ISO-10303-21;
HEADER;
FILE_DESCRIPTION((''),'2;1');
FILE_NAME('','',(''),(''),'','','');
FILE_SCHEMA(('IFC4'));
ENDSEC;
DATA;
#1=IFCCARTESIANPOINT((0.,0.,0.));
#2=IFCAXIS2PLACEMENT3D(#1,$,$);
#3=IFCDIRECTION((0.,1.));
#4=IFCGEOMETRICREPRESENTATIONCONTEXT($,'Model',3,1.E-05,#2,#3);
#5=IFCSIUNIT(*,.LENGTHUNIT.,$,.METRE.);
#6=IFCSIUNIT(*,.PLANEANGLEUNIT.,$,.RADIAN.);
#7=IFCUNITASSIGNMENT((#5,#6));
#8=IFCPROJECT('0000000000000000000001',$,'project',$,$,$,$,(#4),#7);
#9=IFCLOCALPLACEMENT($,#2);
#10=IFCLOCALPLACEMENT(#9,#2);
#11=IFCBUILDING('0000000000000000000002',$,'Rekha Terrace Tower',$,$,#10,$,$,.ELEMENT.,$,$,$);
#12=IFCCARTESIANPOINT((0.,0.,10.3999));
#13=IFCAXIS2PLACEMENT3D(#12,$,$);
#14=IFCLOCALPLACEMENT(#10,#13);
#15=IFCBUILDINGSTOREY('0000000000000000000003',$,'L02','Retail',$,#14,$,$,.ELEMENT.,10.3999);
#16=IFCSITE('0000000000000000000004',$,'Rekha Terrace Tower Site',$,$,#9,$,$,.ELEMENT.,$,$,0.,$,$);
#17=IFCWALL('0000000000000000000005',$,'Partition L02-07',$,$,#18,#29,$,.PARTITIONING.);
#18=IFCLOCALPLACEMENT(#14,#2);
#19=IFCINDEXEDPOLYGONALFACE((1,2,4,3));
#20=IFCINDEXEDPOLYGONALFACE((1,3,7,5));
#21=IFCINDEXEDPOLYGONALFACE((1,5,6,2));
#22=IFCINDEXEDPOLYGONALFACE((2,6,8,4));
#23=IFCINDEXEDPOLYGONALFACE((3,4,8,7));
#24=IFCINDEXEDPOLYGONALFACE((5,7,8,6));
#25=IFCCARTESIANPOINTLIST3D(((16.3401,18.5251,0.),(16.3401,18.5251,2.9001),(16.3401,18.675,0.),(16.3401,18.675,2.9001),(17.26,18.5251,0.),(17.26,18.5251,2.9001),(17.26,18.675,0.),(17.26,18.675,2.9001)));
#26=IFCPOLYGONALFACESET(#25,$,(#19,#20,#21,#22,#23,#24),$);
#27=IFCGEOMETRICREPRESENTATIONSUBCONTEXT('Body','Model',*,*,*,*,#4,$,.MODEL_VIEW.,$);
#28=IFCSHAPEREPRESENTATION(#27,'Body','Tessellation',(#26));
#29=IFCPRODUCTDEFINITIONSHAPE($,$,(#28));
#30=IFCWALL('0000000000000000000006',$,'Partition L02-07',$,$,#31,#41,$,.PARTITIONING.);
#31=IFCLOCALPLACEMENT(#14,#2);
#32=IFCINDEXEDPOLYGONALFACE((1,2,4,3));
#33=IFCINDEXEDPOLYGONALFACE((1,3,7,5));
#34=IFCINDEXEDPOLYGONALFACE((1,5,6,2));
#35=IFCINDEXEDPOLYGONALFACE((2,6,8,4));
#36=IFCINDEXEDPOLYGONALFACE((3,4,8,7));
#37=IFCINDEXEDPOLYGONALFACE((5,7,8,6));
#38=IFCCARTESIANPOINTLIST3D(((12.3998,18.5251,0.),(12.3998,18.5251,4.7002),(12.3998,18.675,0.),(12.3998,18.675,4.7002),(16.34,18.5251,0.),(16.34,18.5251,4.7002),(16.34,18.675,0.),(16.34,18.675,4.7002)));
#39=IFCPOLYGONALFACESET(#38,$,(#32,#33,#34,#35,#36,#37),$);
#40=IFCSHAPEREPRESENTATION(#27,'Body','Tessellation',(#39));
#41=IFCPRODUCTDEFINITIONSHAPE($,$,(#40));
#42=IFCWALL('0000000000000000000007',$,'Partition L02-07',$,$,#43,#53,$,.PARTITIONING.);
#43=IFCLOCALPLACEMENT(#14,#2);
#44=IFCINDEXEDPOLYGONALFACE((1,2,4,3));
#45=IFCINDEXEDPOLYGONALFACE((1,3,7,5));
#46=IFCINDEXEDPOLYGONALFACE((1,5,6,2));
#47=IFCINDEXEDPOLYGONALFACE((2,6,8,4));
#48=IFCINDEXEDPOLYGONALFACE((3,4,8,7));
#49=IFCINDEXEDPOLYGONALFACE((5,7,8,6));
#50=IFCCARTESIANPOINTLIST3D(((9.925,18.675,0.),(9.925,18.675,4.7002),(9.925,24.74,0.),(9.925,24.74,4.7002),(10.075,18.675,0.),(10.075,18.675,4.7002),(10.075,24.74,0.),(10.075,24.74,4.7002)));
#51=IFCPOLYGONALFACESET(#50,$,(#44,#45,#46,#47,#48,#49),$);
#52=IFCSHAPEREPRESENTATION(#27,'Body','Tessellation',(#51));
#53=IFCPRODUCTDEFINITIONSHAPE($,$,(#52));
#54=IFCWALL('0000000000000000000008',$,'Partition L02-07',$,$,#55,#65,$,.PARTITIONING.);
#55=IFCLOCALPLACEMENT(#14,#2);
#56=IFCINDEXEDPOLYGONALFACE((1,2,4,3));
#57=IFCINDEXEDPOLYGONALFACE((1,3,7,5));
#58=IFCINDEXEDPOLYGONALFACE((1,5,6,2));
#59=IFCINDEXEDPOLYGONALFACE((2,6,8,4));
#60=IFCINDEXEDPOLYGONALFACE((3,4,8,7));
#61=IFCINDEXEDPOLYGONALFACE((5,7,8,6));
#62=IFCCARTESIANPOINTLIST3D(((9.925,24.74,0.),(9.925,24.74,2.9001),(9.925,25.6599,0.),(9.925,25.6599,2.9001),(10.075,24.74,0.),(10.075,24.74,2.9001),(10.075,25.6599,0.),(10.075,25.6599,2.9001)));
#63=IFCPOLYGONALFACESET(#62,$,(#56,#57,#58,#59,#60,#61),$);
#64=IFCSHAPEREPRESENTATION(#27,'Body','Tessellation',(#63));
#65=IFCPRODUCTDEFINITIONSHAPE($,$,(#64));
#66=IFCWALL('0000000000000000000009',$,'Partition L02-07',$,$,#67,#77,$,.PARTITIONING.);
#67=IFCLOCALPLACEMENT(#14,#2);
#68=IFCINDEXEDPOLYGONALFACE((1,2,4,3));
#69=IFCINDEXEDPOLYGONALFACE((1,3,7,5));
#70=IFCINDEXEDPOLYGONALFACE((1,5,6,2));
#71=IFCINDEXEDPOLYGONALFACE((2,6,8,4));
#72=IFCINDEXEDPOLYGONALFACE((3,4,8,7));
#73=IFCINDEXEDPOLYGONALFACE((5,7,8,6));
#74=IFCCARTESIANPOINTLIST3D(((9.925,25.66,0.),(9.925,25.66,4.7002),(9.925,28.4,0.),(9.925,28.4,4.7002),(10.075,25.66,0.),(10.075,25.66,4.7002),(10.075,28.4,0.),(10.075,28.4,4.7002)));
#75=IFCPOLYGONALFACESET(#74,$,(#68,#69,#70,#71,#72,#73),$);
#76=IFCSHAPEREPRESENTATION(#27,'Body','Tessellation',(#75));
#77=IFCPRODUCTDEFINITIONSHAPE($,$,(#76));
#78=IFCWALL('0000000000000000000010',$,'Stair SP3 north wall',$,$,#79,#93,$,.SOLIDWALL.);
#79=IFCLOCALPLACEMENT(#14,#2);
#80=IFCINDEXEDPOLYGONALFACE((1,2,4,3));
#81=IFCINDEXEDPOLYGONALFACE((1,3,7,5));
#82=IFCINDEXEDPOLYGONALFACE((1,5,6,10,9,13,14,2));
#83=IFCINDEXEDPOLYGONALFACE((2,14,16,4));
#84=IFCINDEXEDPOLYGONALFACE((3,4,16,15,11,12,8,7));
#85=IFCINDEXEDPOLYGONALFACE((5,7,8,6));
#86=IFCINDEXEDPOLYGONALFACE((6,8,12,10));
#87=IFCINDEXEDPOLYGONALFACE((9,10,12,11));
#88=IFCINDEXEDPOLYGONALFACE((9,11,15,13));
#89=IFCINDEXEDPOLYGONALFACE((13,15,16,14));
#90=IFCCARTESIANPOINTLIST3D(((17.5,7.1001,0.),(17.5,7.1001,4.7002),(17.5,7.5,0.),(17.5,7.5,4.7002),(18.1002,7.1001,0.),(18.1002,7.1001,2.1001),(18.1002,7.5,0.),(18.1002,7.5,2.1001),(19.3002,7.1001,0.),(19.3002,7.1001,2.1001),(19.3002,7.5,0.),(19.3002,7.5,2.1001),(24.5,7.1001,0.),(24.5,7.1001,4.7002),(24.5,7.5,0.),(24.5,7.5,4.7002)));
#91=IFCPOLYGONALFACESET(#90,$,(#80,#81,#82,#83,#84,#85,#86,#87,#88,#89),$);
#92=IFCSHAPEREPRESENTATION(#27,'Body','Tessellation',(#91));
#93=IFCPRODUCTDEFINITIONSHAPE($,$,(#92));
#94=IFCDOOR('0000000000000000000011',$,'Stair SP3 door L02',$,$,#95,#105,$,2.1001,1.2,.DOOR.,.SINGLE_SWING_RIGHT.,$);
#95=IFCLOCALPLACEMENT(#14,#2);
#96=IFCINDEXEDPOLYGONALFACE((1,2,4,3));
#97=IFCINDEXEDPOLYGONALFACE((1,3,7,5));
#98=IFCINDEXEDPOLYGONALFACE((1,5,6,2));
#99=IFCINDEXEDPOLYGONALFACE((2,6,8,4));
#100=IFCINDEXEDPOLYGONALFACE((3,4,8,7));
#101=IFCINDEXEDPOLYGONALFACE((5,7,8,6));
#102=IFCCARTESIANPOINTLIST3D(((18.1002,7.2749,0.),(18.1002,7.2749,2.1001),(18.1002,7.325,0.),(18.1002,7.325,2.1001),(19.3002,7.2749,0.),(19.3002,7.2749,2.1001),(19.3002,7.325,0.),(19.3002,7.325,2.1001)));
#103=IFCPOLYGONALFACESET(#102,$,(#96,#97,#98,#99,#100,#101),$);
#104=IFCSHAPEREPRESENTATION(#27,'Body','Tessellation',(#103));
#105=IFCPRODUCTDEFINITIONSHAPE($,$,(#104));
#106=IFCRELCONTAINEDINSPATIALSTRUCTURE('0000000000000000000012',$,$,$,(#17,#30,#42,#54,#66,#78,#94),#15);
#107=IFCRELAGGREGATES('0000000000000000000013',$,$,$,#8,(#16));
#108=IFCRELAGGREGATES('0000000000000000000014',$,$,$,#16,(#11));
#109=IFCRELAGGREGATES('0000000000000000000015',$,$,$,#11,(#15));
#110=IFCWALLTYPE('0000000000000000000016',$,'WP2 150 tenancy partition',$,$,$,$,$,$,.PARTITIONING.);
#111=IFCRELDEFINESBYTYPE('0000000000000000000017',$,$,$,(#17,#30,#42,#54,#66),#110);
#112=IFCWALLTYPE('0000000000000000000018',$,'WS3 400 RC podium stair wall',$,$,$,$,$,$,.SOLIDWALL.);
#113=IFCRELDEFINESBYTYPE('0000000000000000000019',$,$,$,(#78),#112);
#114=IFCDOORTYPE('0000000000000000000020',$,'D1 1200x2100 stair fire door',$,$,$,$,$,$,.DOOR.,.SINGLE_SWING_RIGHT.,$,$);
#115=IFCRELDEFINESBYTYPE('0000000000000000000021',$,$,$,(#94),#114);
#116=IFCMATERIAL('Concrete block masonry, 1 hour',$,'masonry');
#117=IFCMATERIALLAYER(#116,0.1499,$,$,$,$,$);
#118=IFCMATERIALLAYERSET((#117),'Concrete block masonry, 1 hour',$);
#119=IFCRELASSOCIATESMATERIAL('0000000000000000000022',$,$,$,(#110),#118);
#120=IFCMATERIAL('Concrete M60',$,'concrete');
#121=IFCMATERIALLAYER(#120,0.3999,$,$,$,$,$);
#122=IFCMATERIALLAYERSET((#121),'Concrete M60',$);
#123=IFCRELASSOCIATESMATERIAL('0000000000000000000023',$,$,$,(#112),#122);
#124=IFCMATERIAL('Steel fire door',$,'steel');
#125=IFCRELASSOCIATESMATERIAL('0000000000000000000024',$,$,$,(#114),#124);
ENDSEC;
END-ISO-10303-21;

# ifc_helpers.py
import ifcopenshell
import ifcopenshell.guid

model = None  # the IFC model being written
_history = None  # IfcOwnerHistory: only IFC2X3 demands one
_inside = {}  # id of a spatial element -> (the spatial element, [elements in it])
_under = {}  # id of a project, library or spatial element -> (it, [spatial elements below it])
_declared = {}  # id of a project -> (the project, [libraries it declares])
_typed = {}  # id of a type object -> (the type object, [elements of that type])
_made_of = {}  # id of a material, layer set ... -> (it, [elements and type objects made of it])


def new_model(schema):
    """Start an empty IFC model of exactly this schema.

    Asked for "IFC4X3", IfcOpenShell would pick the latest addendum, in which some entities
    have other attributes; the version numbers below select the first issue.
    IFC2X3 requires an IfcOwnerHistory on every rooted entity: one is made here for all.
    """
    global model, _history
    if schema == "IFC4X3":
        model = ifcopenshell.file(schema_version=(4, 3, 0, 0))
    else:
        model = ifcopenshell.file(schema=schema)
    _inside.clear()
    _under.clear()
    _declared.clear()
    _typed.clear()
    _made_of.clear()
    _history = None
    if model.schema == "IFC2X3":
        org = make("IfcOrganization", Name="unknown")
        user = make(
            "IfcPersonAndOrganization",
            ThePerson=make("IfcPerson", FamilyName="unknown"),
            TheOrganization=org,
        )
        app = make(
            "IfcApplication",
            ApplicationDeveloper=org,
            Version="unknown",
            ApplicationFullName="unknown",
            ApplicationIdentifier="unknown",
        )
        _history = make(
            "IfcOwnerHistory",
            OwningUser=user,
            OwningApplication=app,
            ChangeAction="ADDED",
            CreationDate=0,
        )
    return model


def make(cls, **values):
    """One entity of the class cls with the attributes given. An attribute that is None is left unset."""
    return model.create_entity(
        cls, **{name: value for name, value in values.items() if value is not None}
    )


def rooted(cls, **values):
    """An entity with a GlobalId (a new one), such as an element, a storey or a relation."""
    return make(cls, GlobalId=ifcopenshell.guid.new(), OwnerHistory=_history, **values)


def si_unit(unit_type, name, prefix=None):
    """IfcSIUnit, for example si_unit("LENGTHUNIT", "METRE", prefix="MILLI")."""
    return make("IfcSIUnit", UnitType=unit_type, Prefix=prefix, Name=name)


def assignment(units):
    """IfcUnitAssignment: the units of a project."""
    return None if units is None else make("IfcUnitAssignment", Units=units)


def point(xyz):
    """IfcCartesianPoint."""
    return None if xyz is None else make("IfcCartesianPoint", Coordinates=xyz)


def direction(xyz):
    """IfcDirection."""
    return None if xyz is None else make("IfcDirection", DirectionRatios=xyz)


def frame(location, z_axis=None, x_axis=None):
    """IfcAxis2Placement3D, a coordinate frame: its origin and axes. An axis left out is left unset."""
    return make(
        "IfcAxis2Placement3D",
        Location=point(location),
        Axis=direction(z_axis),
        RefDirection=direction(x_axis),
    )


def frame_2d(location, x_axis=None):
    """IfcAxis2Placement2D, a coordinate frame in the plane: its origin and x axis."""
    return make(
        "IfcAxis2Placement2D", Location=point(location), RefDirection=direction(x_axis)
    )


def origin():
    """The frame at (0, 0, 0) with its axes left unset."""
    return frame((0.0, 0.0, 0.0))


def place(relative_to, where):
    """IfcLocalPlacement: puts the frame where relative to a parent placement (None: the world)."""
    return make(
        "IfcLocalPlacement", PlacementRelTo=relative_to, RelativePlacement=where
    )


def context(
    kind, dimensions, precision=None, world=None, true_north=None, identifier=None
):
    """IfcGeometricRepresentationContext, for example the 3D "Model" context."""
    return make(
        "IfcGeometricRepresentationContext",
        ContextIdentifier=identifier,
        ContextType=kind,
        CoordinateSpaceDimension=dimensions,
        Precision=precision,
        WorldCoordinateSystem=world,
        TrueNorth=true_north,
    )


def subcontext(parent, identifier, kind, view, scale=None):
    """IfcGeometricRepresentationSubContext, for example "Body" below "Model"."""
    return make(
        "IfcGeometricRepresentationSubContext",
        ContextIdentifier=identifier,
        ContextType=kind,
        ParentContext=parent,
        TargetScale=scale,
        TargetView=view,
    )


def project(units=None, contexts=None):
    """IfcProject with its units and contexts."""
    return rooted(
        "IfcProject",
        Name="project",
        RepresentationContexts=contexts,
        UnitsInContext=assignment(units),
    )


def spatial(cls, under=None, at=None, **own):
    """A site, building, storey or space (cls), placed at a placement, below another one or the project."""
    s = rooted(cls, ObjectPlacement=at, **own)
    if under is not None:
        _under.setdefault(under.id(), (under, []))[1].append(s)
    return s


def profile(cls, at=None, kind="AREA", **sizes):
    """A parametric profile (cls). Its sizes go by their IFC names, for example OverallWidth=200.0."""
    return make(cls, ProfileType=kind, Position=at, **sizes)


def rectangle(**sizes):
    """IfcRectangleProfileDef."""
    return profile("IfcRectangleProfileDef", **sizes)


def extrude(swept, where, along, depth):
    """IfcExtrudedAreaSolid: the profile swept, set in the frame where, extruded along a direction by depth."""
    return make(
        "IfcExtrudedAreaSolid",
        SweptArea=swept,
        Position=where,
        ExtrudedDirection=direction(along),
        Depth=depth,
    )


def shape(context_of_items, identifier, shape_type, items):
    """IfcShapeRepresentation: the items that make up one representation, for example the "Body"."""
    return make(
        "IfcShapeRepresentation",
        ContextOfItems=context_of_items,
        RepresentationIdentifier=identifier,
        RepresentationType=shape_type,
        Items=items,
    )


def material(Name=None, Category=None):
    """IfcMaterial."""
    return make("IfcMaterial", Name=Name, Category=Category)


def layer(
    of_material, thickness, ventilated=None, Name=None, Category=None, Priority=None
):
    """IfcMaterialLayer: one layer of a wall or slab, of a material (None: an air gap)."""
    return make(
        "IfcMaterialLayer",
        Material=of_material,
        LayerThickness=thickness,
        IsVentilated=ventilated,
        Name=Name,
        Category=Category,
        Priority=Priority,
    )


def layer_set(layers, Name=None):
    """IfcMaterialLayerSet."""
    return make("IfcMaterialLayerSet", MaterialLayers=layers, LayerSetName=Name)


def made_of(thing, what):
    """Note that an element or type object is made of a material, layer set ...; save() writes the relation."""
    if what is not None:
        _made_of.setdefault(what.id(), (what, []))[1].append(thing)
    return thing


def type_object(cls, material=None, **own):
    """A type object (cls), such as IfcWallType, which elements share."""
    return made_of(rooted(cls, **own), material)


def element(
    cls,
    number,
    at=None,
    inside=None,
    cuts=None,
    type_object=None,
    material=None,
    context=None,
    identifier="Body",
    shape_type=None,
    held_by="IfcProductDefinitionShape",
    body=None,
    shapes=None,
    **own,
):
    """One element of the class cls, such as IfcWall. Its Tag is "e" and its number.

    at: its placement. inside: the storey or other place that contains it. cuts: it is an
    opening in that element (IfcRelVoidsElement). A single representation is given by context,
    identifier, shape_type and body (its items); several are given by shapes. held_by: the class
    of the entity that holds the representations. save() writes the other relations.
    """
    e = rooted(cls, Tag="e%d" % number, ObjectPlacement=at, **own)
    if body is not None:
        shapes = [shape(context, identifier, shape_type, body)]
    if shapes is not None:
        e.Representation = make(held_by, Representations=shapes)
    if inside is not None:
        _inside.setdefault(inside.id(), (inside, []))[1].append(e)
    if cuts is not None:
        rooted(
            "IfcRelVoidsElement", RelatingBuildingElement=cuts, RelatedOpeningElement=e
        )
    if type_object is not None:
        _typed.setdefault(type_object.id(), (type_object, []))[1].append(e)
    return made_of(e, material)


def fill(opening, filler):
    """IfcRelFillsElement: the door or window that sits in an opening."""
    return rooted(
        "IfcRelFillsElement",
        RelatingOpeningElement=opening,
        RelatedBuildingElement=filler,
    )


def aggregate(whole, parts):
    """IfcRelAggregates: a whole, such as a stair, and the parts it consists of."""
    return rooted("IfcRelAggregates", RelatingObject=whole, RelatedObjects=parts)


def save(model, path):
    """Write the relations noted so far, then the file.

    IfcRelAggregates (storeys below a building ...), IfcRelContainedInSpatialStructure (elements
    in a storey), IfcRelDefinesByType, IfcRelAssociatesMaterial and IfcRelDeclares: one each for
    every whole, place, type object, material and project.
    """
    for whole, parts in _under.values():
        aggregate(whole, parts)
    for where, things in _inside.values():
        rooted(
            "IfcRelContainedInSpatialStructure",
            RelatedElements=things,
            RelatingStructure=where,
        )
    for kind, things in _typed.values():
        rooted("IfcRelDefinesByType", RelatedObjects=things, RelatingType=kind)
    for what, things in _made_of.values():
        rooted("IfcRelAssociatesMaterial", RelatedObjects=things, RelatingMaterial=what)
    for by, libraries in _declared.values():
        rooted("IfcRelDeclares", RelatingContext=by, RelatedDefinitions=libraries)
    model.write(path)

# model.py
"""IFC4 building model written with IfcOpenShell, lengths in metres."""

from ifc_helpers import new_model, si_unit, direction, frame, frame_2d, origin, place, context, subcontext, project, spatial, rectangle, extrude, material, layer, layer_set, type_object, element, fill, save


model = new_model("IFC4")

# Units and contexts
model_context = context("Model", 3, precision=1e-05, world=origin(), true_north=direction((0.0, 1.0)))
body_context = subcontext(model_context, "Body", "Model", "MODEL_VIEW")
ifc_project = project(units=[si_unit("LENGTHUNIT", "METRE"), si_unit("PLANEANGLEUNIT", "RADIAN")], contexts=[model_context])

# Site, building, storey
site_placement = place(None, origin())
site = spatial("IfcSite", under=ifc_project, at=site_placement, Name="Rekha Terrace Tower Site", CompositionType="ELEMENT", RefElevation=0.0)
building_placement = place(site_placement, origin())
building = spatial("IfcBuilding", under=site, at=building_placement, Name="Rekha Terrace Tower", CompositionType="ELEMENT")
storey_placement = place(building_placement, frame((0.0, 0.0, 10.3999)))
storey = spatial("IfcBuildingStorey", under=building, at=storey_placement, Name="L02", Description="Retail", CompositionType="ELEMENT", Elevation=10.3999)

# Shared definitions
ifc_material_1 = material(Name="Concrete M60", Category="concrete")

# Walls
ifc_material_2 = material(Name="Concrete block masonry, 1 hour", Category="masonry")
ifc_layer_1 = layer(ifc_material_2, 0.1499)
ifc_layer_set_1 = layer_set([ifc_layer_1], Name="Concrete block masonry, 1 hour")
wall_type_1 = type_object("IfcWallType", Name="WP2 150 tenancy partition", PredefinedType="PARTITIONING", material=ifc_layer_set_1)
wall_1_placement = place(storey_placement, frame((17.26, 18.6001, 0.0), z_axis=(0.0, 0.0, 1.0), x_axis=(-1.0, 0.0, 0.0)))
element("IfcWall", 1, at=wall_1_placement, inside=storey, type_object=wall_type_1, Name="Partition L02-07", PredefinedType="PARTITIONING", context=body_context, shape_type="SweptSolid", body=[
    extrude(rectangle(XDim=0.9199, YDim=0.1499, at=frame_2d((0.46, 0.0))), origin(), (0.0, 0.0, 1.0), 2.9001),
])
wall_2_placement = place(storey_placement, frame((16.3401, 18.6001, 0.0), z_axis=(0.0, 0.0, 1.0), x_axis=(-1.0, 0.0, 0.0)))
element("IfcWall", 2, at=wall_2_placement, inside=storey, type_object=wall_type_1, Name="Partition L02-07", PredefinedType="PARTITIONING", context=body_context, shape_type="SweptSolid", body=[
    extrude(rectangle(XDim=3.9402, YDim=0.1499, at=frame_2d((1.9702, 0.0))), origin(), (0.0, 0.0, 1.0), 4.7002),
])
wall_3_placement = place(storey_placement, frame((10.0, 18.675, 0.0), z_axis=(0.0, 0.0, 1.0), x_axis=(0.0, 1.0, 0.0)))
element("IfcWall", 3, at=wall_3_placement, inside=storey, type_object=wall_type_1, Name="Partition L02-07", PredefinedType="PARTITIONING", context=body_context, shape_type="SweptSolid", body=[
    extrude(rectangle(XDim=6.0649, YDim=0.1499, at=frame_2d((3.0325, 0.0))), origin(), (0.0, 0.0, 1.0), 4.7002),
])
wall_4_placement = place(storey_placement, frame((10.0, 24.74, 0.0), z_axis=(0.0, 0.0, 1.0), x_axis=(0.0, 1.0, 0.0)))
element("IfcWall", 4, at=wall_4_placement, inside=storey, type_object=wall_type_1, Name="Partition L02-07", PredefinedType="PARTITIONING", context=body_context, shape_type="SweptSolid", body=[
    extrude(rectangle(XDim=0.9199, YDim=0.1499, at=frame_2d((0.46, 0.0))), origin(), (0.0, 0.0, 1.0), 2.9001),
])
wall_5_placement = place(storey_placement, frame((10.0, 25.6599, 0.0), z_axis=(0.0, 0.0, 1.0), x_axis=(0.0, 1.0, 0.0)))
element("IfcWall", 5, at=wall_5_placement, inside=storey, type_object=wall_type_1, Name="Partition L02-07", PredefinedType="PARTITIONING", context=body_context, shape_type="SweptSolid", body=[
    extrude(rectangle(XDim=2.74, YDim=0.1499, at=frame_2d((1.3701, 0.0))), origin(), (0.0, 0.0, 1.0), 4.7002),
])

# Wall, opening, door
ifc_layer_2 = layer(ifc_material_1, 0.3999)
ifc_layer_set_2 = layer_set([ifc_layer_2], Name="Concrete M60")
wall_type_2 = type_object("IfcWallType", Name="WS3 400 RC podium stair wall", PredefinedType="SOLIDWALL", material=ifc_layer_set_2)
wall_6_placement = place(storey_placement, frame((17.5, 7.3, 0.0), z_axis=(0.0, 0.0, 1.0), x_axis=(1.0, 0.0, 0.0)))
wall_6 = element("IfcWall", 6, at=wall_6_placement, inside=storey, type_object=wall_type_2, Name="Stair SP3 north wall", PredefinedType="SOLIDWALL", context=body_context, shape_type="SweptSolid", body=[
    extrude(rectangle(XDim=7.0, YDim=0.3999, at=frame_2d((3.5, 0.0))), origin(), (0.0, 0.0, 1.0), 4.7002),
])
opening_placement = place(wall_6_placement, frame((0.6001, 0.0, 0.0)))
opening = element("IfcOpeningElement", 7, at=opening_placement, cuts=wall_6, PredefinedType="OPENING", context=body_context, shape_type="SweptSolid", body=[
    extrude(rectangle(XDim=1.2, YDim=2.1001, at=frame_2d((0.6001, 1.05))), frame((0.0, 0.21, 0.0), z_axis=(0.0, -1.0, 0.0), x_axis=(1.0, 0.0, 0.0)), (0.0, 0.0, 1.0), 0.4199),
])
ifc_material_3 = material(Name="Steel fire door", Category="steel")
door_type = type_object("IfcDoorType", Name="D1 1200x2100 stair fire door", OperationType="SINGLE_SWING_RIGHT", PredefinedType="DOOR", material=ifc_material_3)
door_placement = place(opening_placement, origin())
door = element("IfcDoor", 8, at=door_placement, inside=storey, type_object=door_type, Name="Stair SP3 door L02", OperationType="SINGLE_SWING_RIGHT", OverallHeight=2.1001, OverallWidth=1.2, PredefinedType="DOOR", context=body_context, shape_type="SweptSolid", body=[
    extrude(rectangle(XDim=1.2, YDim=2.1001, at=frame_2d((0.6001, 1.05))), frame((0.0, 0.0249, 0.0), z_axis=(0.0, -1.0, 0.0), x_axis=(1.0, 0.0, 0.0)), (0.0, 0.0, 1.0), 0.05),
])
fill(opening, door)

save(model, "model.ifc")
